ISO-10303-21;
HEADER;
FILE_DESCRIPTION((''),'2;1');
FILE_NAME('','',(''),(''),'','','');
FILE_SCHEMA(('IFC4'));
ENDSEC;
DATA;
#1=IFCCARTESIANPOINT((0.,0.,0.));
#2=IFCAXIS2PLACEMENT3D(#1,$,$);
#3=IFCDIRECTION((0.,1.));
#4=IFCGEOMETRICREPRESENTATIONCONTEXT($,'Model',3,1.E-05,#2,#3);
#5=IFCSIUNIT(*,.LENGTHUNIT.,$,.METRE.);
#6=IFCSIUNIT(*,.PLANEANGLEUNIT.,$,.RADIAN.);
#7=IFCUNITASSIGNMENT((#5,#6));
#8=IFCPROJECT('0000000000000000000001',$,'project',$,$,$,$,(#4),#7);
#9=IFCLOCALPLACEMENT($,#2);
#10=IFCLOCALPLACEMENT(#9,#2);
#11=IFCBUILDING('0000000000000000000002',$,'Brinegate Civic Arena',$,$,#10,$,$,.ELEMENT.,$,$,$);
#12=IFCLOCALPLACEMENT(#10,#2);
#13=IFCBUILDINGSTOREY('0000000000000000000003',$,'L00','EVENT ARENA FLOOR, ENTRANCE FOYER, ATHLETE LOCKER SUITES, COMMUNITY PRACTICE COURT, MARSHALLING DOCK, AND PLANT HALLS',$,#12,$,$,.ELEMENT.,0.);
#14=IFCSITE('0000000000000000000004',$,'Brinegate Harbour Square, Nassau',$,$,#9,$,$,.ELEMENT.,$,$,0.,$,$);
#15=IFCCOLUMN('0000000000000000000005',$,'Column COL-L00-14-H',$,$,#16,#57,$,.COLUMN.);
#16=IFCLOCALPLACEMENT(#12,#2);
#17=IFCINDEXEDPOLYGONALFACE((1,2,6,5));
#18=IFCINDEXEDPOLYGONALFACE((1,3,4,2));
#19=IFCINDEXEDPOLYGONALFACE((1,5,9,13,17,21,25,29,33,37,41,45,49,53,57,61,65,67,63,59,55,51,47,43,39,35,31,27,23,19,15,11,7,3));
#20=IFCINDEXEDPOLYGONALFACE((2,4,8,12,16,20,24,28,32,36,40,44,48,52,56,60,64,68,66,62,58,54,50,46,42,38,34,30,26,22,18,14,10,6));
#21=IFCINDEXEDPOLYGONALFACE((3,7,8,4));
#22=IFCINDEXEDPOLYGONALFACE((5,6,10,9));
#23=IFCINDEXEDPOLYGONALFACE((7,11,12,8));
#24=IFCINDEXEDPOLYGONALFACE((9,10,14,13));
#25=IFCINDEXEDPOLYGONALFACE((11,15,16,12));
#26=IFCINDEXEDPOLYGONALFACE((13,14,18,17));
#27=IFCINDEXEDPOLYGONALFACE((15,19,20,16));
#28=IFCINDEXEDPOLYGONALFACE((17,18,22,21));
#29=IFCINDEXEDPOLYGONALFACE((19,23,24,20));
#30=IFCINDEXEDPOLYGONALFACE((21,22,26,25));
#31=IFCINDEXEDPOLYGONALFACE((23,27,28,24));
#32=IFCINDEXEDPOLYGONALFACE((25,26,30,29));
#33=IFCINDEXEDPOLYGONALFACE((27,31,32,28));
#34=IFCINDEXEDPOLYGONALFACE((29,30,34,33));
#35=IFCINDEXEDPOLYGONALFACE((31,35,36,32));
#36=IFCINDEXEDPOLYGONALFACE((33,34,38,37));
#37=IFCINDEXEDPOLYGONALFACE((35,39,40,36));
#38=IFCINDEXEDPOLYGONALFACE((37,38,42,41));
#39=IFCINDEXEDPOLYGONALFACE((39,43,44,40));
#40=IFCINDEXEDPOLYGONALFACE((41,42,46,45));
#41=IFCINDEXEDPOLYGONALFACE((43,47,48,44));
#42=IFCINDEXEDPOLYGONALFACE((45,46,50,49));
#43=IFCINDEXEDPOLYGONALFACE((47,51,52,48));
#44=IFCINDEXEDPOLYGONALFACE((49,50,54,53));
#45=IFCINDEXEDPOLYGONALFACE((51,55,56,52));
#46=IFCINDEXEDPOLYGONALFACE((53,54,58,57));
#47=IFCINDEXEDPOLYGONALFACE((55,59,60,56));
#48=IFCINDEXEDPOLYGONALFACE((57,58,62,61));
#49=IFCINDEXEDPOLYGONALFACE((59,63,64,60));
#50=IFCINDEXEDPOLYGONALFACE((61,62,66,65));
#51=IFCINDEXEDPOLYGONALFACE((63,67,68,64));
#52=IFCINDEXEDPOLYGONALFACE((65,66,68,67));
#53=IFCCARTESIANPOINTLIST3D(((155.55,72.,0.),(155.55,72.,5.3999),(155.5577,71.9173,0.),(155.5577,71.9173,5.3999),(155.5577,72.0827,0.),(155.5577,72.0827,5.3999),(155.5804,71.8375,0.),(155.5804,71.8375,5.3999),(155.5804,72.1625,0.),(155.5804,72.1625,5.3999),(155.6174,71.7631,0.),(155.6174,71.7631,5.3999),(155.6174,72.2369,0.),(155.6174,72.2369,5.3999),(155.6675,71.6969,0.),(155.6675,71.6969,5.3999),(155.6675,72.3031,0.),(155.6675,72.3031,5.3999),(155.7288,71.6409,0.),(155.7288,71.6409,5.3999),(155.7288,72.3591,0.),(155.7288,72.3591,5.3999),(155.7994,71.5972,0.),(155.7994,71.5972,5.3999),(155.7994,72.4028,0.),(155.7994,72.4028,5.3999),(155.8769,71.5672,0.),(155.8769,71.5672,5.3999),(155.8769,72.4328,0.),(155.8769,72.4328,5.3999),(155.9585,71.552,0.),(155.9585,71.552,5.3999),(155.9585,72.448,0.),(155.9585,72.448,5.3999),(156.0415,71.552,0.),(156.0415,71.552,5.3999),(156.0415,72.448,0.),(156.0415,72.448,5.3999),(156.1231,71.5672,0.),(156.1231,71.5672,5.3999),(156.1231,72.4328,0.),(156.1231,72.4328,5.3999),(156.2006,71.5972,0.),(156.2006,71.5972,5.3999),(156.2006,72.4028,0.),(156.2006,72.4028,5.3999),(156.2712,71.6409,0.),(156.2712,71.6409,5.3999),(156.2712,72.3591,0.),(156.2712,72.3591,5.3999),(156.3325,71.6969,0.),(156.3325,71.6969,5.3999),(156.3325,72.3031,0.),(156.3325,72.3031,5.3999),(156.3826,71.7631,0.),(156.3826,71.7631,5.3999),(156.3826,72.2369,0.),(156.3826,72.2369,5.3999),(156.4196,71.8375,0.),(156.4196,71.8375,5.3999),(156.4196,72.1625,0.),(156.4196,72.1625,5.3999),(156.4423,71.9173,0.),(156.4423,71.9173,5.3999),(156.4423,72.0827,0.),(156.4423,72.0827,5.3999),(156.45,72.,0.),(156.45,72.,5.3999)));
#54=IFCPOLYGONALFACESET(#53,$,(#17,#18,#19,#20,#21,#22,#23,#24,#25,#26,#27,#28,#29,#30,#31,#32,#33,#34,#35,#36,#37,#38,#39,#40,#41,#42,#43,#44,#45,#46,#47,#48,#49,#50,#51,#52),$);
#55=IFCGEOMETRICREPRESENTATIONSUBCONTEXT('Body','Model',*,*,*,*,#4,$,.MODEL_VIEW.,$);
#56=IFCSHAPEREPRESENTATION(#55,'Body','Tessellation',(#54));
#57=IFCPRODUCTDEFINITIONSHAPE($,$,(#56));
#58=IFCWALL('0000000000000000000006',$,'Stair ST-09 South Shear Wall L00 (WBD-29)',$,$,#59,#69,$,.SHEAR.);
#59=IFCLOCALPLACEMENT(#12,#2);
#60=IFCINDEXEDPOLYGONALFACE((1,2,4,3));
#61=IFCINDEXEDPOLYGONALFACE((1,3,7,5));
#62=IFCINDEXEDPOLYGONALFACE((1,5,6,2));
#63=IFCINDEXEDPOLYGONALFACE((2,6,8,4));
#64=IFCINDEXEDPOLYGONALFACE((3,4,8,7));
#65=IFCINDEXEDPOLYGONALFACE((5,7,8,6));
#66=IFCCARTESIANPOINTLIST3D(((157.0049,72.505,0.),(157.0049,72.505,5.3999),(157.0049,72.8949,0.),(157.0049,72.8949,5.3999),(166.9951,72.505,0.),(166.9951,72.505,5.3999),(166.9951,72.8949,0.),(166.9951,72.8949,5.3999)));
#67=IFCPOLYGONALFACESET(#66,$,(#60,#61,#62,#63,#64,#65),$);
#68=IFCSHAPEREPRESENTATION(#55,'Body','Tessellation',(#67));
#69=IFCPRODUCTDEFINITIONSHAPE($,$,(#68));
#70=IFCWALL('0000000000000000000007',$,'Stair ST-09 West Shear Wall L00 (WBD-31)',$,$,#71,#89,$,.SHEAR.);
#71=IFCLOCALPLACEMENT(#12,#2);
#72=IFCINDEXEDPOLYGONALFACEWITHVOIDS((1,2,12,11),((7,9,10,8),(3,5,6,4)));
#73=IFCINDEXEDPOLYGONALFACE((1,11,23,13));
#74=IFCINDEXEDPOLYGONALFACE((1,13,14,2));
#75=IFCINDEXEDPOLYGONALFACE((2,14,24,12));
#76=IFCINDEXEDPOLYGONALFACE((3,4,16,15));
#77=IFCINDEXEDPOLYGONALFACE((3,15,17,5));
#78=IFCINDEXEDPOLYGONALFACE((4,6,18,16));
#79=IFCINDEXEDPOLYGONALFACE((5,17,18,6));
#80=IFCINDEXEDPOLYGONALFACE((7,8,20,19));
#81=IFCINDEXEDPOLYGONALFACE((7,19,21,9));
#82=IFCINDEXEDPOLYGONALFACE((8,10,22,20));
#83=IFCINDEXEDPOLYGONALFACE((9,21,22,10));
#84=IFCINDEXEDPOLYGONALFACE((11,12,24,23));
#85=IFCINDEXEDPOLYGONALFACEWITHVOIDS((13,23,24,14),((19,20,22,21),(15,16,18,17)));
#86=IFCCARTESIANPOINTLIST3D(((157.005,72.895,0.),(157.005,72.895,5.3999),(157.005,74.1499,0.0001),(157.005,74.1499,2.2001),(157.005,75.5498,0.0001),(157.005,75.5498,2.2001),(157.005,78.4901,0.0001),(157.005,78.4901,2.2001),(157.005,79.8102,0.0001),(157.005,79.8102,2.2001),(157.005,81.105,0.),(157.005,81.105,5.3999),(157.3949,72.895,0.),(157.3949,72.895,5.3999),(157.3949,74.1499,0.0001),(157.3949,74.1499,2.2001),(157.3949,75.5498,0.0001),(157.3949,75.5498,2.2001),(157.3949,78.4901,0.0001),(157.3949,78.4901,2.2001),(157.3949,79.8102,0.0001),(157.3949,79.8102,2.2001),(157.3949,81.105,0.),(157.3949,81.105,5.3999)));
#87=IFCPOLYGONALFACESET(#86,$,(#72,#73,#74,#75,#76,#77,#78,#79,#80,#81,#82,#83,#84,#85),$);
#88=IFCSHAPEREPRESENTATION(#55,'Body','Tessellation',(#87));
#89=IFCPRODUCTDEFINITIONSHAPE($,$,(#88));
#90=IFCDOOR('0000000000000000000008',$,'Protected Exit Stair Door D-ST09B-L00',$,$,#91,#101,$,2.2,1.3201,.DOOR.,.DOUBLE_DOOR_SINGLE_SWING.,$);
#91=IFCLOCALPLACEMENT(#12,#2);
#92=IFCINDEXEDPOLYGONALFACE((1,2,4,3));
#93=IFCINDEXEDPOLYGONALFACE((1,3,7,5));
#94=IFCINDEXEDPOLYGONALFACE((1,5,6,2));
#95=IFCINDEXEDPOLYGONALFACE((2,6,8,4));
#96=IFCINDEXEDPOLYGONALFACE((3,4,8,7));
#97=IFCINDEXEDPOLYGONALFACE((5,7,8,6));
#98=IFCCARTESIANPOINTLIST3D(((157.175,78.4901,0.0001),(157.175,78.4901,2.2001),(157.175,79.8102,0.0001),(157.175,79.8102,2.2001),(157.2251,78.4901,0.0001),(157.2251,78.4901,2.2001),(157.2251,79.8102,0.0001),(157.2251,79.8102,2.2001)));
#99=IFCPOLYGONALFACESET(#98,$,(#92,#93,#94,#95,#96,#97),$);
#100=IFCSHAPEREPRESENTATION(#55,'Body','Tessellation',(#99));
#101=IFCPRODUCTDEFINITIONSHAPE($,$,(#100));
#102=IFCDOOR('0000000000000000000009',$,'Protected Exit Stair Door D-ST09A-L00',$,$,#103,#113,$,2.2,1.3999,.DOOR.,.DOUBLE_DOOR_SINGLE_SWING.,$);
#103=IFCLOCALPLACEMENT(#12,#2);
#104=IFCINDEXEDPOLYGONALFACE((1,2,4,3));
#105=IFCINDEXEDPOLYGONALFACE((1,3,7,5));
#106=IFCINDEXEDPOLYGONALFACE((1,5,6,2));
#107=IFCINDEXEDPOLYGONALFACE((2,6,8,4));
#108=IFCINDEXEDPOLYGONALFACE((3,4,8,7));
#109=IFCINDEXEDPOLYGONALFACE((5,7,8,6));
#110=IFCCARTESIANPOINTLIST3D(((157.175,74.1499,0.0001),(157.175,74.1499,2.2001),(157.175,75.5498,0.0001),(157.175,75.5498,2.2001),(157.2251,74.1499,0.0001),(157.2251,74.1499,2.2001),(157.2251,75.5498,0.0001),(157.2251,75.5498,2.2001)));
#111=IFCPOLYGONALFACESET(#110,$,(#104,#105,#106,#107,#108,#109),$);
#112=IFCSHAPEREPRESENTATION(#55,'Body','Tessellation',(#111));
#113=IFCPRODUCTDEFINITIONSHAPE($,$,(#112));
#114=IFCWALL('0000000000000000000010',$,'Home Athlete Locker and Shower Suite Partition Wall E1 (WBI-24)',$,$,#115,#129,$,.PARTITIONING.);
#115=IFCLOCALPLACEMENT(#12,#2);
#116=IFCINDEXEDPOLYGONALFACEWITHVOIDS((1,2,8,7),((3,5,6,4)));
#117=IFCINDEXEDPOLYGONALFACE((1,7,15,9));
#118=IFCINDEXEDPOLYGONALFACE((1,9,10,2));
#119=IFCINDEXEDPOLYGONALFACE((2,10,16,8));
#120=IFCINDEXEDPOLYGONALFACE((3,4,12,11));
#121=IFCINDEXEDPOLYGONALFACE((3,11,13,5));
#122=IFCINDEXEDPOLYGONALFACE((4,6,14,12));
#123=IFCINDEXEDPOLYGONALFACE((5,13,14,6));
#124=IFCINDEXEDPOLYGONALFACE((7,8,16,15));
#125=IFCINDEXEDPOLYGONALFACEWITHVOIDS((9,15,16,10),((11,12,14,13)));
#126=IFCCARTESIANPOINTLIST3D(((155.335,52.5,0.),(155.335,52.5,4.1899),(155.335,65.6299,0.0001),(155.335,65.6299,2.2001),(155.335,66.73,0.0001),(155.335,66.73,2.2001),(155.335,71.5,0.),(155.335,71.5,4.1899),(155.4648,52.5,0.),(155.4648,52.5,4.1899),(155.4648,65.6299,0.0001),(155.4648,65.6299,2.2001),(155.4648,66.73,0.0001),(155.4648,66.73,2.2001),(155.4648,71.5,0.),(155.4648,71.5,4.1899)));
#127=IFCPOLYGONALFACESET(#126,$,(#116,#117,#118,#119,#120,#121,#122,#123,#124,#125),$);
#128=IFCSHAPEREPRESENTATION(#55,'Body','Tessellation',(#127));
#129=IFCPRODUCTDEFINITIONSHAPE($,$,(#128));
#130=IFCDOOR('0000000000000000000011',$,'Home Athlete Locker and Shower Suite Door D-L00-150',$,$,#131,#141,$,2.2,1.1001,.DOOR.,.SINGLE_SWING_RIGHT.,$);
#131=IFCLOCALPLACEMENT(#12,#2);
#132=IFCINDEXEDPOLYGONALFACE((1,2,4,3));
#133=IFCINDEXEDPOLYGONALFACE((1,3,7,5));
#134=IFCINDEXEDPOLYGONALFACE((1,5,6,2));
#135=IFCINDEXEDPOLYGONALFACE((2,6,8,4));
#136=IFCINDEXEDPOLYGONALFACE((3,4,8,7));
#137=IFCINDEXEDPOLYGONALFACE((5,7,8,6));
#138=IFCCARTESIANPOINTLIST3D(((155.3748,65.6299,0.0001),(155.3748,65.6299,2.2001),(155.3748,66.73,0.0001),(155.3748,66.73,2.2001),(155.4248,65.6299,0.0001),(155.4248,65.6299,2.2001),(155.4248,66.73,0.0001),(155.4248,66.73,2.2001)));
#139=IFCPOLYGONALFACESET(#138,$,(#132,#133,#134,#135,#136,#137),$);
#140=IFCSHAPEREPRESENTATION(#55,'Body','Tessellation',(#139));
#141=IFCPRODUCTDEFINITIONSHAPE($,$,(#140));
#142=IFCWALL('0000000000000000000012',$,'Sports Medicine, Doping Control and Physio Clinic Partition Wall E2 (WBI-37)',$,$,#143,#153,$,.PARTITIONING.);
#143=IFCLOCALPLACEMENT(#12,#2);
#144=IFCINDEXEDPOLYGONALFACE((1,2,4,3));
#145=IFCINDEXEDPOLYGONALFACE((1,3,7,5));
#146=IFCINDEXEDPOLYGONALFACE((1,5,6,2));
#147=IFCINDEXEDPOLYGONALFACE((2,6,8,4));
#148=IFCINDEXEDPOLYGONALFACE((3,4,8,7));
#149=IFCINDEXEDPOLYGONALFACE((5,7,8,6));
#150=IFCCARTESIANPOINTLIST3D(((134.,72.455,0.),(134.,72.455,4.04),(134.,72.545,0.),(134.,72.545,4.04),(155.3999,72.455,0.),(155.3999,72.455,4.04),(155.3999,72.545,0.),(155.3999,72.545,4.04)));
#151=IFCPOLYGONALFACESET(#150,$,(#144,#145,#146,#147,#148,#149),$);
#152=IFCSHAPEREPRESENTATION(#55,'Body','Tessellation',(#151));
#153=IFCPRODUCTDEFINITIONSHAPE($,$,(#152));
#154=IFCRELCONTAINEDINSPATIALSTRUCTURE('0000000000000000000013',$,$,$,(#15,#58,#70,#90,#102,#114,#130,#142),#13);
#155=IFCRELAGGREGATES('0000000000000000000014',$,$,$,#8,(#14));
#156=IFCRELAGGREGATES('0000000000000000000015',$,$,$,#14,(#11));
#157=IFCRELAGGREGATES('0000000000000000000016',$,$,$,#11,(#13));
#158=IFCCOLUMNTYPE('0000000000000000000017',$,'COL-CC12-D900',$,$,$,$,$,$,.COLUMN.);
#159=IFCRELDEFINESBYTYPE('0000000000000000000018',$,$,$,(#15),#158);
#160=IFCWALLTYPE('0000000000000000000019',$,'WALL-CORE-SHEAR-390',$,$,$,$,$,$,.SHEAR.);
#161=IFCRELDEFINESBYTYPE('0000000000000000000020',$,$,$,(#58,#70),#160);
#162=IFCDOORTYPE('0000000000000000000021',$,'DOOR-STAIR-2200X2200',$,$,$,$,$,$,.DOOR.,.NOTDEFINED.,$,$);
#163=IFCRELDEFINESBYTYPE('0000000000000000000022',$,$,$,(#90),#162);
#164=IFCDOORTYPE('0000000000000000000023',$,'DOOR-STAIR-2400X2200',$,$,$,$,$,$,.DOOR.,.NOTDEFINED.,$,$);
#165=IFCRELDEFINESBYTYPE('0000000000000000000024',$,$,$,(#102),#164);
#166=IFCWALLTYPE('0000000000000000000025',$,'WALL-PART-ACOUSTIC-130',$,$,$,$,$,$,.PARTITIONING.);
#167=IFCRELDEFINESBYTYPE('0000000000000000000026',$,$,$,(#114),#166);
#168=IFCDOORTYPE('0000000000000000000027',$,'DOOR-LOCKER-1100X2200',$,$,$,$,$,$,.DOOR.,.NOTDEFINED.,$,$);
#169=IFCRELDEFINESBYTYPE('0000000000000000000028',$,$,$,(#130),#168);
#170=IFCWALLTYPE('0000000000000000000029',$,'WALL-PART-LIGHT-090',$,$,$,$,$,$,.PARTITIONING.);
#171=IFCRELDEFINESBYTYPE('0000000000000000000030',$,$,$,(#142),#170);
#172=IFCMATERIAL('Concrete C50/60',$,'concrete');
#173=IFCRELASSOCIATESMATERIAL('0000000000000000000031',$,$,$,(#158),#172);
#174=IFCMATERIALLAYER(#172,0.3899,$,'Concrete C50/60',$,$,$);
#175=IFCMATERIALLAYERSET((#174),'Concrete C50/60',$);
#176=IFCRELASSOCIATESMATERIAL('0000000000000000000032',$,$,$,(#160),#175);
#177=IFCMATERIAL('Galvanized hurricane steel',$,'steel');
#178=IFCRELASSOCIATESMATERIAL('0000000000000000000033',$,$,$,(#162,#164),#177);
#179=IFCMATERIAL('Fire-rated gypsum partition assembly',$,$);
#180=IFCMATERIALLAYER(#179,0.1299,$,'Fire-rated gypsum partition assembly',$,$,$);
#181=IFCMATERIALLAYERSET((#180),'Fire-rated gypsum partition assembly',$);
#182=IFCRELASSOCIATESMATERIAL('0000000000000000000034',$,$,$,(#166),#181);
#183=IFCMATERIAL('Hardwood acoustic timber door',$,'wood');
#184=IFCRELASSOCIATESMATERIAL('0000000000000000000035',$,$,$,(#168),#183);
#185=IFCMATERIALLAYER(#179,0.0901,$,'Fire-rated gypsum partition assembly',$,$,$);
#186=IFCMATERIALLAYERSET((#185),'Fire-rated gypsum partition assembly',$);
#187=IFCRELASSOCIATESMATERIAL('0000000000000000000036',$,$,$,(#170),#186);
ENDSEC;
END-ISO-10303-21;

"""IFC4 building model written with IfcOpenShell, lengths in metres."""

from ifc_helpers import new_model, si_unit, direction, frame, frame_2d, origin, origin_2d, place, context, subcontext, project, spatial, rectangle, circle, extrude, material, layer, layer_set, material_profile, profile_set, type_object, element, fill, save


model = new_model("IFC4")

# Units and contexts
model_context = context("Model", 3, precision=1e-05, world=origin(), true_north=direction((0.0, 1.0)))
body_context = subcontext(model_context, "Body", "Model", "MODEL_VIEW")
ifc_project = project(units=[si_unit("LENGTHUNIT", "METRE"), si_unit("PLANEANGLEUNIT", "RADIAN")], contexts=[model_context])

# Site, building, storey
site_placement = place(None, origin())
site = spatial("IfcSite", under=ifc_project, at=site_placement, Name="Brinegate Harbour Square, Nassau", CompositionType="ELEMENT", RefElevation=0.0)
building_placement = place(site_placement, origin())
building = spatial("IfcBuilding", under=site, at=building_placement, Name="Brinegate Civic Arena", CompositionType="ELEMENT")
storey_placement = place(building_placement, origin())
storey = spatial("IfcBuildingStorey", under=building, at=storey_placement, Name="L00", Description="EVENT ARENA FLOOR, ENTRANCE FOYER, ATHLETE LOCKER SUITES, COMMUNITY PRACTICE COURT, MARSHALLING DOCK, AND PLANT HALLS", CompositionType="ELEMENT", Elevation=0.0)

# Column
ifc_material_1 = material(Name="Concrete C50/60", Category="concrete")
ifc_material_profile_1 = material_profile(ifc_material_1, circle(Radius=0.45, at=origin_2d()), Name="RCD900")
ifc_profile_set_1 = profile_set([ifc_material_profile_1], Name="Concrete C50/60")
column_type_1 = type_object("IfcColumnType", Name="COL-CC12-D900", PredefinedType="COLUMN", material=ifc_profile_set_1)
column_placement = place(storey_placement, frame((156.0, 72.0, 0.0), z_axis=(0.0, 0.0, 1.0), x_axis=(1.0, 0.0, 0.0)))
element("IfcColumn", 1, at=column_placement, inside=storey, type_object=column_type_1, Name="Column COL-L00-14-H", PredefinedType="COLUMN", context=body_context, shape_type="SweptSolid", body=[
    extrude(circle(Radius=0.45, at=origin_2d()), origin(), (0.0, 0.0, 1.0), 5.3999),
])

# Wall
ifc_layer_1 = layer(ifc_material_1, 0.3899, Name="Concrete C50/60")
ifc_layer_set_1 = layer_set([ifc_layer_1], Name="Concrete C50/60")
wall_type_1 = type_object("IfcWallType", Name="WALL-CORE-SHEAR-390", PredefinedType="SHEAR", material=ifc_layer_set_1)
wall_1_placement = place(storey_placement, frame((157.0049, 72.7, 0.0), z_axis=(0.0, 0.0, 1.0), x_axis=(1.0, 0.0, 0.0)))
element("IfcWall", 2, at=wall_1_placement, inside=storey, type_object=wall_type_1, Name="Stair ST-09 South Shear Wall L00 (WBD-29)", PredefinedType="SHEAR", context=body_context, shape_type="SweptSolid", body=[
    extrude(rectangle(XDim=9.9902, YDim=0.3899, at=frame_2d((4.9951, 0.0))), origin(), (0.0, 0.0, 1.0), 5.3999),
])

# Wall, openings, doors
wall_2_placement = place(storey_placement, frame((157.2, 72.895, 0.0), z_axis=(0.0, 0.0, 1.0), x_axis=(0.0, 1.0, 0.0)))
wall_2 = element("IfcWall", 3, at=wall_2_placement, inside=storey, type_object=wall_type_1, Name="Stair ST-09 West Shear Wall L00 (WBD-31)", PredefinedType="SHEAR", context=body_context, shape_type="SweptSolid", body=[
    extrude(rectangle(XDim=8.21, YDim=0.3899, at=frame_2d((4.105, 0.0))), origin(), (0.0, 0.0, 1.0), 5.3999),
])
opening_1_placement = place(wall_2_placement, frame((1.2549, 0.0, 0.0)))
opening_1 = element("IfcOpeningElement", 4, at=opening_1_placement, cuts=wall_2, PredefinedType="OPENING", context=body_context, shape_type="SweptSolid", body=[
    extrude(rectangle(XDim=1.3999, YDim=2.2, at=frame_2d((0.7, 1.1001))), frame((0.0, 0.2048, 0.0), z_axis=(0.0, -1.0, 0.0), x_axis=(1.0, 0.0, 0.0)), (0.0, 0.0, 1.0), 0.4099),
])
opening_2_placement = place(wall_2_placement, frame((5.595, 0.0, 0.0)))
opening_2 = element("IfcOpeningElement", 5, at=opening_2_placement, cuts=wall_2, PredefinedType="OPENING", context=body_context, shape_type="SweptSolid", body=[
    extrude(rectangle(XDim=1.3201, YDim=2.2, at=frame_2d((0.6602, 1.1001))), frame((0.0, 0.2048, 0.0), z_axis=(0.0, -1.0, 0.0), x_axis=(1.0, 0.0, 0.0)), (0.0, 0.0, 1.0), 0.4099),
])
ifc_material_2 = material(Name="Galvanized hurricane steel", Category="steel")
door_type_1 = type_object("IfcDoorType", Name="DOOR-STAIR-2200X2200", OperationType="NOTDEFINED", PredefinedType="DOOR", material=ifc_material_2)
door_1_placement = place(opening_2_placement, origin())
door_1 = element("IfcDoor", 6, at=door_1_placement, inside=storey, type_object=door_type_1, Name="Protected Exit Stair Door D-ST09B-L00", OperationType="DOUBLE_DOOR_SINGLE_SWING", OverallHeight=2.2, OverallWidth=1.3201, PredefinedType="DOOR", context=body_context, shape_type="SweptSolid", body=[
    extrude(rectangle(XDim=1.3201, YDim=2.2, at=frame_2d((0.6602, 1.1001))), frame((0.0, 0.0249, 0.0), z_axis=(0.0, -1.0, 0.0), x_axis=(1.0, 0.0, 0.0)), (0.0, 0.0, 1.0), 0.05),
])
fill(opening_2, door_1)
door_type_2 = type_object("IfcDoorType", Name="DOOR-STAIR-2400X2200", OperationType="NOTDEFINED", PredefinedType="DOOR", material=ifc_material_2)
door_2_placement = place(opening_1_placement, origin())
door_2 = element("IfcDoor", 7, at=door_2_placement, inside=storey, type_object=door_type_2, Name="Protected Exit Stair Door D-ST09A-L00", OperationType="DOUBLE_DOOR_SINGLE_SWING", OverallHeight=2.2, OverallWidth=1.3999, PredefinedType="DOOR", context=body_context, shape_type="SweptSolid", body=[
    extrude(rectangle(XDim=1.3999, YDim=2.2, at=frame_2d((0.7, 1.1001))), frame((0.0, 0.0249, 0.0), z_axis=(0.0, -1.0, 0.0), x_axis=(1.0, 0.0, 0.0)), (0.0, 0.0, 1.0), 0.05),
])
fill(opening_1, door_2)

# Wall, opening, door
ifc_material_3 = material(Name="Fire-rated gypsum partition assembly")
ifc_layer_2 = layer(ifc_material_3, 0.1299, Name="Fire-rated gypsum partition assembly")
ifc_layer_set_2 = layer_set([ifc_layer_2], Name="Fire-rated gypsum partition assembly")
wall_type_2 = type_object("IfcWallType", Name="WALL-PART-ACOUSTIC-130", PredefinedType="PARTITIONING", material=ifc_layer_set_2)
wall_3_placement = place(storey_placement, frame((155.3999, 71.5, 0.0), z_axis=(0.0, 0.0, 1.0), x_axis=(0.0, -1.0, 0.0)))
wall_3 = element("IfcWall", 8, at=wall_3_placement, inside=storey, type_object=wall_type_2, Name="Home Athlete Locker and Shower Suite Partition Wall E1 (WBI-24)", PredefinedType="PARTITIONING", context=body_context, shape_type="SweptSolid", body=[
    extrude(rectangle(XDim=19.0, YDim=0.1299, at=frame_2d((9.5, 0.0))), origin(), (0.0, 0.0, 1.0), 4.1899),
])
opening_3_placement = place(wall_3_placement, frame((4.77, 0.0, 0.0)))
opening_3 = element("IfcOpeningElement", 9, at=opening_3_placement, cuts=wall_3, PredefinedType="OPENING", context=body_context, shape_type="SweptSolid", body=[
    extrude(rectangle(XDim=1.1001, YDim=2.2, at=frame_2d((0.55, 1.1001))), frame((0.0, 0.075, 0.0), z_axis=(0.0, -1.0, 0.0), x_axis=(1.0, 0.0, 0.0)), (0.0, 0.0, 1.0), 0.1499),
])
ifc_material_4 = material(Name="Hardwood acoustic timber door", Category="wood")
door_type_3 = type_object("IfcDoorType", Name="DOOR-LOCKER-1100X2200", OperationType="NOTDEFINED", PredefinedType="DOOR", material=ifc_material_4)
door_3_placement = place(opening_3_placement, origin())
door_3 = element("IfcDoor", 10, at=door_3_placement, inside=storey, type_object=door_type_3, Name="Home Athlete Locker and Shower Suite Door D-L00-150", OperationType="SINGLE_SWING_RIGHT", OverallHeight=2.2, OverallWidth=1.1001, PredefinedType="DOOR", context=body_context, shape_type="SweptSolid", body=[
    extrude(rectangle(XDim=1.1001, YDim=2.2, at=frame_2d((0.55, 1.1001))), frame((0.0, 0.0249, 0.0), z_axis=(0.0, -1.0, 0.0), x_axis=(1.0, 0.0, 0.0)), (0.0, 0.0, 1.0), 0.05),
])
fill(opening_3, door_3)

# Wall
ifc_layer_3 = layer(ifc_material_3, 0.0901, Name="Fire-rated gypsum partition assembly")
ifc_layer_set_3 = layer_set([ifc_layer_3], Name="Fire-rated gypsum partition assembly")
wall_type_3 = type_object("IfcWallType", Name="WALL-PART-LIGHT-090", PredefinedType="PARTITIONING", material=ifc_layer_set_3)
wall_4_placement = place(storey_placement, frame((155.3999, 72.5, 0.0), z_axis=(0.0, 0.0, 1.0), x_axis=(-1.0, 0.0, 0.0)))
element("IfcWall", 11, at=wall_4_placement, inside=storey, type_object=wall_type_3, Name="Sports Medicine, Doping Control and Physio Clinic Partition Wall E2 (WBI-37)", PredefinedType="PARTITIONING", context=body_context, shape_type="SweptSolid", body=[
    extrude(rectangle(XDim=21.3999, YDim=0.0901, at=frame_2d((10.7, 0.0))), origin(), (0.0, 0.0, 1.0), 4.04),
])

save(model, "model.ifc")
